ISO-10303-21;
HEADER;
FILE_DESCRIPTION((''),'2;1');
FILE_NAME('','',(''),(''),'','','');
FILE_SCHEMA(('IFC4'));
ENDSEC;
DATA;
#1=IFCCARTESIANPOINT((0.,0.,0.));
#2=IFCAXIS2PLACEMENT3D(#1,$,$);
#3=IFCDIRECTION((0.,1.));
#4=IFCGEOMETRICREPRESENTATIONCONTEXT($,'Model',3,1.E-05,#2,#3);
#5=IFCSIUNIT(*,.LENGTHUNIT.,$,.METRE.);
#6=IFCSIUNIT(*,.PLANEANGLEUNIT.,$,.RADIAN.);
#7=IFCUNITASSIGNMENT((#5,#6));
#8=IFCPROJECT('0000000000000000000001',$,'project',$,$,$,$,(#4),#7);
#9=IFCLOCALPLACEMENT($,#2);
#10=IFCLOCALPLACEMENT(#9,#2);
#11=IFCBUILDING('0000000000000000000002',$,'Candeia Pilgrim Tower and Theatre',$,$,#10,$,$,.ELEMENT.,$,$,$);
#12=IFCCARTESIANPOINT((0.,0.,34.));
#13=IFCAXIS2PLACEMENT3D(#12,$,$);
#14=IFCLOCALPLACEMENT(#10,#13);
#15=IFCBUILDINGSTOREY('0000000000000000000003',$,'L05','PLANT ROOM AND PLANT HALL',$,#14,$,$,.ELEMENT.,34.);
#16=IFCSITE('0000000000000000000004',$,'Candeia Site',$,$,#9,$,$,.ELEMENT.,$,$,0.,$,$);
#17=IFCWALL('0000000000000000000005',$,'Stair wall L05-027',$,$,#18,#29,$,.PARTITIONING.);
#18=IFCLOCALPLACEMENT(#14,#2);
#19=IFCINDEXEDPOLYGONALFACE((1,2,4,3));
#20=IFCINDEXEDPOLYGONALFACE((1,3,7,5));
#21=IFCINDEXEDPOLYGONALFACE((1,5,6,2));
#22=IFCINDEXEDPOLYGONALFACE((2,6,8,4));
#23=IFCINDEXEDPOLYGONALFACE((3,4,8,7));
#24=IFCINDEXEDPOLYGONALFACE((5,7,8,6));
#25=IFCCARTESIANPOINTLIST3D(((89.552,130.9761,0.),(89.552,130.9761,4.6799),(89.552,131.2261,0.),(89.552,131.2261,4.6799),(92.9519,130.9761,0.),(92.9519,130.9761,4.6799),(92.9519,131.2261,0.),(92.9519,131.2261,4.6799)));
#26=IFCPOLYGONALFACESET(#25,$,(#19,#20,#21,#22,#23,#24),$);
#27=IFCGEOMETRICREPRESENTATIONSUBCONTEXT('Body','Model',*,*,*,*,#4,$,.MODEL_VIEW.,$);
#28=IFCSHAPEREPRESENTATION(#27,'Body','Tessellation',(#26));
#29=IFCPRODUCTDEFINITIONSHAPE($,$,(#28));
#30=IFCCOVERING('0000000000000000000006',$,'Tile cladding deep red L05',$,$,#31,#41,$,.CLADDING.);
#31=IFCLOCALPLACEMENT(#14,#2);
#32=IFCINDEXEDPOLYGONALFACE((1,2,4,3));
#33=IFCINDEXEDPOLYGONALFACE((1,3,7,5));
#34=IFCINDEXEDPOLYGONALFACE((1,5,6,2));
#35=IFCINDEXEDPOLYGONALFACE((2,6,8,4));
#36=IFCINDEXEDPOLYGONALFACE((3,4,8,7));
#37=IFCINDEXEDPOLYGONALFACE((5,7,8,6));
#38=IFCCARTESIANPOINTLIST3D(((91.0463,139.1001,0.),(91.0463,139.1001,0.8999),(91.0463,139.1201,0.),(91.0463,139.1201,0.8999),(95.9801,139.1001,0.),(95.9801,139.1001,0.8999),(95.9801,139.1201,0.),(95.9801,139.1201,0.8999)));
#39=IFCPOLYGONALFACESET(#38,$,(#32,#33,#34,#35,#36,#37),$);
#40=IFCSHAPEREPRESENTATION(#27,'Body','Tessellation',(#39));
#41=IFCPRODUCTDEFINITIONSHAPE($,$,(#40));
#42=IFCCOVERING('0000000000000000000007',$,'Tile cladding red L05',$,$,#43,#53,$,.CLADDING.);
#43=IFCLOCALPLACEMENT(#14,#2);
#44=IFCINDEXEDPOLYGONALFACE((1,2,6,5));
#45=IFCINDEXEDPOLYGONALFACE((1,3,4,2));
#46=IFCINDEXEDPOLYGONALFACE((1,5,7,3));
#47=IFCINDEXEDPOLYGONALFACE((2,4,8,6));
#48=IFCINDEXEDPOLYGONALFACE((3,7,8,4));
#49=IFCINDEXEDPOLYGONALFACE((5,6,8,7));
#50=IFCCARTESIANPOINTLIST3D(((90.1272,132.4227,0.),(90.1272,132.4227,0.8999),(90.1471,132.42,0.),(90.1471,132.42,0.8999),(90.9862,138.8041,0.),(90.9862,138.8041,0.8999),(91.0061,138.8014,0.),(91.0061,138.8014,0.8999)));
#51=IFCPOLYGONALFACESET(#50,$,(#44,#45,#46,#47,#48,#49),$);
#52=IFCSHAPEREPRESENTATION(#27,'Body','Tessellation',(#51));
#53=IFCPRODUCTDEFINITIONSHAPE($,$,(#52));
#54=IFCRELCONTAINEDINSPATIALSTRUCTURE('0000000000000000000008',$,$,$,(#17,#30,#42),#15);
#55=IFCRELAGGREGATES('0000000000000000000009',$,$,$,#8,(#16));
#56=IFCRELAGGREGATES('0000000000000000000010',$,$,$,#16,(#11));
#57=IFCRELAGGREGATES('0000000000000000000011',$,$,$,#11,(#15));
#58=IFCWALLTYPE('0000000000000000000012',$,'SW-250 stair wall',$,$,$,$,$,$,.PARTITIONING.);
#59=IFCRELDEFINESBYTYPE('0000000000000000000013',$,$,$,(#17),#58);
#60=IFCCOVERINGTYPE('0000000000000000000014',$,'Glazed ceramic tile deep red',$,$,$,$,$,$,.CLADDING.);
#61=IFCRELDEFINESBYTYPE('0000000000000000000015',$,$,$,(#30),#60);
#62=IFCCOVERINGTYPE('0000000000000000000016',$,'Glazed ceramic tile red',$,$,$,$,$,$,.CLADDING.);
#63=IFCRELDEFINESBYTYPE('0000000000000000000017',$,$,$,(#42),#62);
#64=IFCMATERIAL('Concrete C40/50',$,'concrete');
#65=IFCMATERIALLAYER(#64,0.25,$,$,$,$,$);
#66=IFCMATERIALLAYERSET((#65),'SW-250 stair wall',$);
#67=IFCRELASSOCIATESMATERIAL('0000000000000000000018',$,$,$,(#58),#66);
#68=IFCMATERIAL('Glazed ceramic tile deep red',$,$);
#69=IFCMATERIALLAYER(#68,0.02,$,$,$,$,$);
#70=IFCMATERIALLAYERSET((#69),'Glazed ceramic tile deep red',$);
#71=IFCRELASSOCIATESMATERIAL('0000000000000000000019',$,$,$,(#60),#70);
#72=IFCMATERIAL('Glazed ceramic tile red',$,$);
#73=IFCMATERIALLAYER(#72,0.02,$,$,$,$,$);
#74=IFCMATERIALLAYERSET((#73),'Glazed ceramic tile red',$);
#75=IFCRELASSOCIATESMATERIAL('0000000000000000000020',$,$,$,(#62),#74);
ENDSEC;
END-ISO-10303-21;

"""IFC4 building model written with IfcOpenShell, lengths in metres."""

from ifc_helpers import new_model, si_unit, direction, frame, frame_2d, origin, origin_2d, place, context, subcontext, project, spatial, rectangle, extrude, material, layer, layer_set, type_object, element, save


model = new_model("IFC4")

# Units and contexts
model_context = context("Model", 3, precision=1e-05, world=origin(), true_north=direction((0.0, 1.0)))
body_context = subcontext(model_context, "Body", "Model", "MODEL_VIEW")
ifc_project = project(units=[si_unit("LENGTHUNIT", "METRE"), si_unit("PLANEANGLEUNIT", "RADIAN")], contexts=[model_context])

# Site, building, storey
site_placement = place(None, origin())
site = spatial("IfcSite", under=ifc_project, at=site_placement, Name="Candeia Site", CompositionType="ELEMENT", RefElevation=0.0)
building_placement = place(site_placement, origin())
building = spatial("IfcBuilding", under=site, at=building_placement, Name="Candeia Pilgrim Tower and Theatre", CompositionType="ELEMENT")
storey_placement = place(building_placement, frame((0.0, 0.0, 34.0)))
storey = spatial("IfcBuildingStorey", under=building, at=storey_placement, Name="L05", Description="PLANT ROOM AND PLANT HALL", CompositionType="ELEMENT", Elevation=34.0)

# Wall
ifc_material_1 = material(Name="Concrete C40/50", Category="concrete")
ifc_layer_1 = layer(ifc_material_1, 0.25)
ifc_layer_set_1 = layer_set([ifc_layer_1], Name="SW-250 stair wall")
wall_type_1 = type_object("IfcWallType", Name="SW-250 stair wall", PredefinedType="PARTITIONING", material=ifc_layer_set_1)
wall_1_placement = place(storey_placement, frame((89.552, 131.1011, 0.0), z_axis=(0.0, 0.0, 1.0), x_axis=(1.0, 0.0, 0.0)))
element("IfcWall", 1, at=wall_1_placement, inside=storey, type_object=wall_type_1, Name="Stair wall L05-027", PredefinedType="PARTITIONING", context=body_context, shape_type="SweptSolid", body=[
    extrude(rectangle(XDim=3.3999, YDim=0.25, at=frame_2d((1.7, 0.0))), origin(), (0.0, 0.0, 1.0), 4.6799),
])

# Coverings
ifc_material_2 = material(Name="Glazed ceramic tile deep red")
ifc_layer_2 = layer(ifc_material_2, 0.02)
ifc_layer_set_2 = layer_set([ifc_layer_2], Name="Glazed ceramic tile deep red")
covering_type_1 = type_object("IfcCoveringType", Name="Glazed ceramic tile deep red", PredefinedType="CLADDING", material=ifc_layer_set_2)
covering_1_placement = place(storey_placement, frame((93.5132, 139.1101, 0.0), z_axis=(0.0, 0.0, 1.0), x_axis=(-1.0, 0.0, 0.0)))
element("IfcCovering", 2, at=covering_1_placement, inside=storey, type_object=covering_type_1, Name="Tile cladding deep red L05", PredefinedType="CLADDING", context=body_context, shape_type="SweptSolid", body=[
    extrude(rectangle(XDim=4.9338, YDim=0.02, at=origin_2d()), origin(), (0.0, 0.0, 1.0), 0.8999),
])
ifc_material_3 = material(Name="Glazed ceramic tile red")
ifc_layer_3 = layer(ifc_material_3, 0.02)
ifc_layer_set_3 = layer_set([ifc_layer_3], Name="Glazed ceramic tile red")
covering_type_2 = type_object("IfcCoveringType", Name="Glazed ceramic tile red", PredefinedType="CLADDING", material=ifc_layer_set_3)
covering_2_placement = place(storey_placement, frame((90.5667, 135.6121, 0.0), z_axis=(0.0, 0.0, 1.0), x_axis=(-0.133412, -0.991061, 0.0)))
element("IfcCovering", 3, at=covering_2_placement, inside=storey, type_object=covering_type_2, Name="Tile cladding red L05", PredefinedType="CLADDING", context=body_context, shape_type="SweptSolid", body=[
    extrude(rectangle(XDim=6.439, YDim=0.02, at=origin_2d()), origin(), (0.0, 0.0, 1.0), 0.8999),
])

save(model, "model.ifc")
